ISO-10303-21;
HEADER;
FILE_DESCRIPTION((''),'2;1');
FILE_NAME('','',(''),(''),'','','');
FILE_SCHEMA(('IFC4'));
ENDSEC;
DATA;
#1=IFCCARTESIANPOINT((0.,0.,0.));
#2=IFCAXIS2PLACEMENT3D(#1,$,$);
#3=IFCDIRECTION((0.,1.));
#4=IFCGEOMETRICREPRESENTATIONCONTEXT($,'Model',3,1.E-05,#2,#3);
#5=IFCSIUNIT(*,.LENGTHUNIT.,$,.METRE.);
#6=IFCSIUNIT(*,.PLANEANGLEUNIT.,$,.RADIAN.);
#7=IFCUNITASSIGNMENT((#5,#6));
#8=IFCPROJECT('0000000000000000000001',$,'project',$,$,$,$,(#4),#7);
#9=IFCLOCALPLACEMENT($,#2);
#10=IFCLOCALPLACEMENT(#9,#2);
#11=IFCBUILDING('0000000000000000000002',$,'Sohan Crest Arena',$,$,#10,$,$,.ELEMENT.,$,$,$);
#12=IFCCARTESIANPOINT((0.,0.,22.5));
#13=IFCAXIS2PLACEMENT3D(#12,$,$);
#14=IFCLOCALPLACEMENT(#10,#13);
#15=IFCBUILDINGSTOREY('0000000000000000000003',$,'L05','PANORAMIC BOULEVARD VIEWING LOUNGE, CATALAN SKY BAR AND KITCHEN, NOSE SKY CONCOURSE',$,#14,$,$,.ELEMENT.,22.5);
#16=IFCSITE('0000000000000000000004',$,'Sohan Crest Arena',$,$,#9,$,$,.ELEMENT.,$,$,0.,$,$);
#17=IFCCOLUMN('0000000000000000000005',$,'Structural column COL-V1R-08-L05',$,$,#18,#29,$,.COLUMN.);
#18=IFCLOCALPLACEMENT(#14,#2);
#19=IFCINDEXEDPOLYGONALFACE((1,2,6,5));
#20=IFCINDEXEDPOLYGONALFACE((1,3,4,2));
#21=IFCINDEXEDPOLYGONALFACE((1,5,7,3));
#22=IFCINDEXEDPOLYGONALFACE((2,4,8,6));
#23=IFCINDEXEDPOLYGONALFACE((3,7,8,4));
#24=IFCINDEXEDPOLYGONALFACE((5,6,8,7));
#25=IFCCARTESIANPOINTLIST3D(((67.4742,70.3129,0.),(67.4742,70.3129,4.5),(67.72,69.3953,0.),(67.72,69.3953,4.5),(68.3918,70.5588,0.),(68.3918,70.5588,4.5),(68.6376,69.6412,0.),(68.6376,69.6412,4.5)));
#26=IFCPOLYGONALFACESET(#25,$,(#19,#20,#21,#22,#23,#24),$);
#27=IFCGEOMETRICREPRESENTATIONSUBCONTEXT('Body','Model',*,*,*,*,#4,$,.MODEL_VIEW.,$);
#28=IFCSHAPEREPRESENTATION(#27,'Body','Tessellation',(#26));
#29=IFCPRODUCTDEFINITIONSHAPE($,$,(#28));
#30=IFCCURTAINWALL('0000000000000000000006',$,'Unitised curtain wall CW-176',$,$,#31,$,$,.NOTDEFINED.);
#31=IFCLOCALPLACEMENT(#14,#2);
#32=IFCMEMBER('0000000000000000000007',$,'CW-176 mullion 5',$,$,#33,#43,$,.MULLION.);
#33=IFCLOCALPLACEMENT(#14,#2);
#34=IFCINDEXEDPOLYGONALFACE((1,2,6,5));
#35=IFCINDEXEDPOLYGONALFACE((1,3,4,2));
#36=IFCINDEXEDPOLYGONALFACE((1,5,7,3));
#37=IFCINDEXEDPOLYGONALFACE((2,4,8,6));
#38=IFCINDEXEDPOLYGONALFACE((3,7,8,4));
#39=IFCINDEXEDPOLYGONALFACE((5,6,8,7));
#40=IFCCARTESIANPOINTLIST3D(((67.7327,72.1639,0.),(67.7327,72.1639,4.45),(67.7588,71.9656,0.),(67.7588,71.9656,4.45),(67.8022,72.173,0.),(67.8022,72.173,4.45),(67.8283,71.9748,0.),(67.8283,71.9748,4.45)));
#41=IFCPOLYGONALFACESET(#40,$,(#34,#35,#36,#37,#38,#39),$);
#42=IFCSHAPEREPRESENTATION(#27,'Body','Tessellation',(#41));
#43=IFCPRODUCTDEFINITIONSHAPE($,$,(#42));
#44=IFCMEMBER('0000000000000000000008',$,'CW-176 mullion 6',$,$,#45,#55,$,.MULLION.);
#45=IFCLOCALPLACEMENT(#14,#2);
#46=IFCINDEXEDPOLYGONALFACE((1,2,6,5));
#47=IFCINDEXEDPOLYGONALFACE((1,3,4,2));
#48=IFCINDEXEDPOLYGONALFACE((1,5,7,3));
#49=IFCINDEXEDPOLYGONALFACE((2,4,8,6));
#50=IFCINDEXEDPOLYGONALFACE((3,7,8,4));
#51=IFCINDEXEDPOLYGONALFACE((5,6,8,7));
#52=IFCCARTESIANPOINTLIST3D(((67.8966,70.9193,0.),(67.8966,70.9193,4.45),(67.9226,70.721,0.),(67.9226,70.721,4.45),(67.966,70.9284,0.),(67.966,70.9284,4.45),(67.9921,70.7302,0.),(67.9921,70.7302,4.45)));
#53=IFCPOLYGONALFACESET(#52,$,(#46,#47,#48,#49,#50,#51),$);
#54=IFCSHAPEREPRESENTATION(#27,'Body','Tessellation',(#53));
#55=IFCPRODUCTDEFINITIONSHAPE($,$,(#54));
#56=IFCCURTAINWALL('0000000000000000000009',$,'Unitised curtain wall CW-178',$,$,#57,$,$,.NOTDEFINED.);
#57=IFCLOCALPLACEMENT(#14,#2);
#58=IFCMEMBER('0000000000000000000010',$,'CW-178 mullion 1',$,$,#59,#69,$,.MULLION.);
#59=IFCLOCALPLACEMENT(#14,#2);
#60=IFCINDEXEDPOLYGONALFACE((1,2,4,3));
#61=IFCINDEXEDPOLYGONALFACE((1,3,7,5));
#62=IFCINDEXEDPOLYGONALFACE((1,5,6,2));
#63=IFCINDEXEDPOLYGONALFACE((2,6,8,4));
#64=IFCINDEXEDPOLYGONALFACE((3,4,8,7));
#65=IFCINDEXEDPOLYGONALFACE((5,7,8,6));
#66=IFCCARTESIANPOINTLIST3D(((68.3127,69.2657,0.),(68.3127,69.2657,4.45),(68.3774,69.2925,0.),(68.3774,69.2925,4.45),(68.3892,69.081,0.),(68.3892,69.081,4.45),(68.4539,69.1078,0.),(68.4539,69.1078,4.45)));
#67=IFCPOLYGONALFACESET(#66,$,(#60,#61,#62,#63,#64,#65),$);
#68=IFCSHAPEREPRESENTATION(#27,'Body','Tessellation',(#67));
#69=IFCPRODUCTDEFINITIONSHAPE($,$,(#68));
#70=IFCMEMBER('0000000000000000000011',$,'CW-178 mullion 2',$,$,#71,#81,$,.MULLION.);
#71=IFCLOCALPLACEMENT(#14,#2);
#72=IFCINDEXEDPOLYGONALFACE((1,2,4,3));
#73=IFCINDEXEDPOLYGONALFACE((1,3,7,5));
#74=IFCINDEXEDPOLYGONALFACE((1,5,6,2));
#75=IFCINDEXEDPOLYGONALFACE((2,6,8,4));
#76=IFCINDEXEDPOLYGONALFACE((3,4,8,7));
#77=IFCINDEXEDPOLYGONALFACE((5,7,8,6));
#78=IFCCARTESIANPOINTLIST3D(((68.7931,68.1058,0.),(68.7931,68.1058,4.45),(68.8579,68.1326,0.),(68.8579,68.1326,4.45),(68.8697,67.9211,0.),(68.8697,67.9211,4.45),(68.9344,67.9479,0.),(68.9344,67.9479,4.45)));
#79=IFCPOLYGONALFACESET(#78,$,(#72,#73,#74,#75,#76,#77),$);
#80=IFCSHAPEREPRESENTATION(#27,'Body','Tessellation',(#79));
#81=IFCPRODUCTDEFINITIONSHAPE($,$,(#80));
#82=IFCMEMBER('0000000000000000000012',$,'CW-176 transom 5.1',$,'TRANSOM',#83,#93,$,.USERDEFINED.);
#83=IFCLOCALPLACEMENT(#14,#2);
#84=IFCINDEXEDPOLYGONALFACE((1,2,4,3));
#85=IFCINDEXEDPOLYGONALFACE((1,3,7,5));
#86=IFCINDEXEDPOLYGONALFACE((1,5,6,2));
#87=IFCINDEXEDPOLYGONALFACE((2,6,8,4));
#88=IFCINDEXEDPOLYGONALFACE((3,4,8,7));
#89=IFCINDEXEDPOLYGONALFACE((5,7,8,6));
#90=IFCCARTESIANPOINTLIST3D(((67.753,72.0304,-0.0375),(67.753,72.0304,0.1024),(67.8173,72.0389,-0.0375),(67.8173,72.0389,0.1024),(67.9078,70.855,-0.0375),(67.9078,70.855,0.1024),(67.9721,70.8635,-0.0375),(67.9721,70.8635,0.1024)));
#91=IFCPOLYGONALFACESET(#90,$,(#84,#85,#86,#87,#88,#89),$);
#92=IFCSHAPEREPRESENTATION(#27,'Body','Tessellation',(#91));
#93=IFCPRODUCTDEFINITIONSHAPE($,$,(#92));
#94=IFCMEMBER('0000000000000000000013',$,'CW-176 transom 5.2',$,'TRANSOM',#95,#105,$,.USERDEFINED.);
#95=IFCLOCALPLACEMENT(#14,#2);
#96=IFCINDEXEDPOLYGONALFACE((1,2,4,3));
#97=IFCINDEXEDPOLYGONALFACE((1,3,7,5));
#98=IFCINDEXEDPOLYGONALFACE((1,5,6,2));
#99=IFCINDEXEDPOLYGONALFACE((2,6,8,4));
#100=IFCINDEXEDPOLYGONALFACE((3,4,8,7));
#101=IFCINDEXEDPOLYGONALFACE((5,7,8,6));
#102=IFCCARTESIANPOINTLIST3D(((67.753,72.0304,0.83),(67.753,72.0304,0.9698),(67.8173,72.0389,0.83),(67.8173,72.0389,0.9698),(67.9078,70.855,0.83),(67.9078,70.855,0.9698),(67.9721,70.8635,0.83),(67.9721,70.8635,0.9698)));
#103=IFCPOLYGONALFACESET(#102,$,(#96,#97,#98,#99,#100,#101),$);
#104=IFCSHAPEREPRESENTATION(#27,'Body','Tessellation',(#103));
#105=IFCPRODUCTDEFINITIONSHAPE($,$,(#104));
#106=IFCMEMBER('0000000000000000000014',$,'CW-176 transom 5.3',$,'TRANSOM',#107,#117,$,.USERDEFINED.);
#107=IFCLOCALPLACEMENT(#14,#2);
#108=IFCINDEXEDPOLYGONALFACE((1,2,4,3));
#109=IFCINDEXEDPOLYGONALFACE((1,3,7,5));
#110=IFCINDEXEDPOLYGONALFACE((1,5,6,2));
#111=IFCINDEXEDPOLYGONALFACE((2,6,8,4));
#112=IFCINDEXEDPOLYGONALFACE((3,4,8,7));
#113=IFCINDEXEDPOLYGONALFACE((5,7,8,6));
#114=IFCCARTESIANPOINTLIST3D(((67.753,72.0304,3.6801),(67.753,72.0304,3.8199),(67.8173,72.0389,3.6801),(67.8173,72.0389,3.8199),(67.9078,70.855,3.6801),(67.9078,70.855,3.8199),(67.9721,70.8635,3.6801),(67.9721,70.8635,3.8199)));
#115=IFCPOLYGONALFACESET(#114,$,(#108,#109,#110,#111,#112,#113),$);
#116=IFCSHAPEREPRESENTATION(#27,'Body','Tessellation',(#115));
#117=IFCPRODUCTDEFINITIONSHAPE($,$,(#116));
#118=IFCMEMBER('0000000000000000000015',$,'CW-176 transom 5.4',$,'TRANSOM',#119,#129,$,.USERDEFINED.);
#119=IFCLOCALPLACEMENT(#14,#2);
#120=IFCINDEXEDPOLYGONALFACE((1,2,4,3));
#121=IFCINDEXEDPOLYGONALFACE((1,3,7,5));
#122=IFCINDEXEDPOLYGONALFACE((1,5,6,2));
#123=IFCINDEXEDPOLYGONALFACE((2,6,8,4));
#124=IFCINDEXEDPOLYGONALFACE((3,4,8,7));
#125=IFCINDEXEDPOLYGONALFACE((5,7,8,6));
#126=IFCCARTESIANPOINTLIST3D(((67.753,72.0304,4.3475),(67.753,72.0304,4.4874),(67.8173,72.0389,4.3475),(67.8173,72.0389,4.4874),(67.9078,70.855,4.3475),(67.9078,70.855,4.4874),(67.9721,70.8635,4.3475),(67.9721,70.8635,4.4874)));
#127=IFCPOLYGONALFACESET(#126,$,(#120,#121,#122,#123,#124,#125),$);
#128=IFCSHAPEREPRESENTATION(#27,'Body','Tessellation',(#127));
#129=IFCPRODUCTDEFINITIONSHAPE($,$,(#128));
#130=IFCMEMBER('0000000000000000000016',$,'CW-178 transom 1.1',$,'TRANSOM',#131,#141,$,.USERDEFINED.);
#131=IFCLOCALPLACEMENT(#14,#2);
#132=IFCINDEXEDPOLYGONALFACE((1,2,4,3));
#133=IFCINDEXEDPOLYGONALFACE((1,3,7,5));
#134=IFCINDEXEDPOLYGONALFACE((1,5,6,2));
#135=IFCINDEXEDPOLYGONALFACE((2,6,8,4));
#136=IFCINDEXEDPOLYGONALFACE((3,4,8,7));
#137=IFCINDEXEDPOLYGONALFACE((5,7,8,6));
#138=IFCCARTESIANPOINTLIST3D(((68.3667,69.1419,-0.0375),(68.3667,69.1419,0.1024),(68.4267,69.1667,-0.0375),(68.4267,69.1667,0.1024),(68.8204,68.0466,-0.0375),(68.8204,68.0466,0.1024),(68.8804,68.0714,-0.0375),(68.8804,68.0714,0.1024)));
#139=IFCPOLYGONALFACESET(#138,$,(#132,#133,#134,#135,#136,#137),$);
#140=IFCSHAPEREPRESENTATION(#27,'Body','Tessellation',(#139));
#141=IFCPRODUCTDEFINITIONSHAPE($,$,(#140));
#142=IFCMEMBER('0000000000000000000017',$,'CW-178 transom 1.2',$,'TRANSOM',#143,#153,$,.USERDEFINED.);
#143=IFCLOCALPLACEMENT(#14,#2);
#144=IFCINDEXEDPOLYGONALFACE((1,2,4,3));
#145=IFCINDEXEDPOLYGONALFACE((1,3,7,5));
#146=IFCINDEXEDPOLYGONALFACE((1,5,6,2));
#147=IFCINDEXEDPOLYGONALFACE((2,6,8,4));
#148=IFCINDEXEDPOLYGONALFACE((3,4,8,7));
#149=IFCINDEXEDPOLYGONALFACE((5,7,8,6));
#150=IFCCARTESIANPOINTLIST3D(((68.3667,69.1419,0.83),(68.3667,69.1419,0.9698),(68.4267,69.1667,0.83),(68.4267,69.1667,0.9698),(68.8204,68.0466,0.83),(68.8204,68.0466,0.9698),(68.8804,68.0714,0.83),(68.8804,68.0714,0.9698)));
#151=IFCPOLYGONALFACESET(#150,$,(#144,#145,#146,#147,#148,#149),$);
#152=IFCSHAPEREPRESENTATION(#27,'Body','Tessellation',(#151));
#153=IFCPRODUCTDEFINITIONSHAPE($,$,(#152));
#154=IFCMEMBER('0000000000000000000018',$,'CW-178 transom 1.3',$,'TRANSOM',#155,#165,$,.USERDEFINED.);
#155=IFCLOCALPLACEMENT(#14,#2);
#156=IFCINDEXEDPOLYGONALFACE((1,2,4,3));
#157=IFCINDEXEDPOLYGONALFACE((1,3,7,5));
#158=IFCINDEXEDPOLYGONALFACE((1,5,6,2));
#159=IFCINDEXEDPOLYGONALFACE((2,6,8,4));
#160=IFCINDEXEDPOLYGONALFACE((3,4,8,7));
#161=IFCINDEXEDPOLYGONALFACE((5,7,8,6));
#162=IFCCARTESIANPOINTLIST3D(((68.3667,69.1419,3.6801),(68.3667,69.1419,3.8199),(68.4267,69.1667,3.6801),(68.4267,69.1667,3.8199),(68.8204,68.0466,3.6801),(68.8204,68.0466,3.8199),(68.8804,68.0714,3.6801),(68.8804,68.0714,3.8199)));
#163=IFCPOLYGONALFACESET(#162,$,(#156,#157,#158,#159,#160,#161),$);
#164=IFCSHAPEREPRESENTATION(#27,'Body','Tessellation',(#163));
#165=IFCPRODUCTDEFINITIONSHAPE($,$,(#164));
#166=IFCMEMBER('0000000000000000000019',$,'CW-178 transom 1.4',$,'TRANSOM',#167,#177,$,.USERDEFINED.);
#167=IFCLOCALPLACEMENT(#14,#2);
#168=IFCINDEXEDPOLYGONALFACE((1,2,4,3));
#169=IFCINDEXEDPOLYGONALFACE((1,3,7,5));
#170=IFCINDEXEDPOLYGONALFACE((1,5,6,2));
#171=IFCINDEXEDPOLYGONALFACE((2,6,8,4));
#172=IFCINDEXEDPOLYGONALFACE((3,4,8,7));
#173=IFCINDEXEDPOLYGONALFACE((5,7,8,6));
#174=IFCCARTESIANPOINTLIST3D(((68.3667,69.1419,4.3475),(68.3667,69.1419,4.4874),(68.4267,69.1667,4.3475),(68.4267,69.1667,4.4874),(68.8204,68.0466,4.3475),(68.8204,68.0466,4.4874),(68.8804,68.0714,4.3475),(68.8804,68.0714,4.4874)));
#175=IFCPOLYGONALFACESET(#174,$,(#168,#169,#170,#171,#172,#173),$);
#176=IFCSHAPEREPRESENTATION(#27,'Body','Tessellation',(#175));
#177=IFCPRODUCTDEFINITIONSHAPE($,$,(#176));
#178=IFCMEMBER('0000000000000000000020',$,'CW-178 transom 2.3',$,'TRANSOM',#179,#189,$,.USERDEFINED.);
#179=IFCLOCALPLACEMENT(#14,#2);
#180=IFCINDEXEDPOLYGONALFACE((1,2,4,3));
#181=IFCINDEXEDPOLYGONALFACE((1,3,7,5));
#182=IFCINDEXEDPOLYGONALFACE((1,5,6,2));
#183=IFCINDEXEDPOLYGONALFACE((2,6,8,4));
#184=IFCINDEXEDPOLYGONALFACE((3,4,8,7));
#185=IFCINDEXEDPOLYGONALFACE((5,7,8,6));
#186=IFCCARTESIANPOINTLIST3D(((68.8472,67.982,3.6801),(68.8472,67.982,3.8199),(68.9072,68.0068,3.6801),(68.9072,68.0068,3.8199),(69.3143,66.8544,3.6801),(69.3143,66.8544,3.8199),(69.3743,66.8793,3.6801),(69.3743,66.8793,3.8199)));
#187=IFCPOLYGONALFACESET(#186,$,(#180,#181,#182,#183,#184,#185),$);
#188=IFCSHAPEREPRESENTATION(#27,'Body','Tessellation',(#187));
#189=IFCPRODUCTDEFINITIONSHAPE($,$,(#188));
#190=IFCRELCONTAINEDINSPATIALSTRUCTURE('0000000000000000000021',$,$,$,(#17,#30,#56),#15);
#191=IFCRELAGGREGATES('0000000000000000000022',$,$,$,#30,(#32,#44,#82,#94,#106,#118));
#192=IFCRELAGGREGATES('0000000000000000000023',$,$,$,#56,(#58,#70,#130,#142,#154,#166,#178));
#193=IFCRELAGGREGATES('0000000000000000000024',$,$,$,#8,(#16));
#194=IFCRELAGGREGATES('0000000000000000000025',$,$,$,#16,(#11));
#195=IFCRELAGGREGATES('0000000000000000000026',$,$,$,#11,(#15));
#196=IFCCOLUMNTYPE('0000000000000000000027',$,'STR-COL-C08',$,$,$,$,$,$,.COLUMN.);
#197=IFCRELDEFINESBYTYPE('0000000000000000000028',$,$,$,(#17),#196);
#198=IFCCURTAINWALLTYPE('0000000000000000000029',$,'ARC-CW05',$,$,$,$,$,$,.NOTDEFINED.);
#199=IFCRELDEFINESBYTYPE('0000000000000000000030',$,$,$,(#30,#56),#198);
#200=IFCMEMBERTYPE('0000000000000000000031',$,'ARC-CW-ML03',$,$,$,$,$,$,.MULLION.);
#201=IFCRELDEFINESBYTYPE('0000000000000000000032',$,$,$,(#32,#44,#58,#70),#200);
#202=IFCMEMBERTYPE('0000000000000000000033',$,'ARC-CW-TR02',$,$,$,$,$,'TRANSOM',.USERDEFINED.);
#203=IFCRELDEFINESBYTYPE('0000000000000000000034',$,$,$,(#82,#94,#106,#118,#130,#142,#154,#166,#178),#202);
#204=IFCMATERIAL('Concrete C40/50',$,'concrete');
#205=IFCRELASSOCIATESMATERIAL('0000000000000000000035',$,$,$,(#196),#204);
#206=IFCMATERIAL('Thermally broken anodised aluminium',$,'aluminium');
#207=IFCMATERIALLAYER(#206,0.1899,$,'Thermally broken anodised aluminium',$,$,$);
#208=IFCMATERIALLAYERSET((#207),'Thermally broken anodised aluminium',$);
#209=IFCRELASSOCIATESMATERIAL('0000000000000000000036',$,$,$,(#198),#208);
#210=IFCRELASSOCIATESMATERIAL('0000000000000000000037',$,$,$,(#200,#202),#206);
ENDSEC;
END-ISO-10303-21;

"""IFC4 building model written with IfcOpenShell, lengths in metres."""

from ifc_helpers import new_model, si_unit, direction, frame, origin, origin_2d, place, context, subcontext, project, spatial, rectangle, extrude, material, layer, layer_set, material_profile, profile_set, type_object, element, aggregate, save


model = new_model("IFC4")

# Units and contexts
model_context = context("Model", 3, precision=1e-05, world=origin(), true_north=direction((0.0, 1.0)))
body_context = subcontext(model_context, "Body", "Model", "MODEL_VIEW")
ifc_project = project(units=[si_unit("LENGTHUNIT", "METRE"), si_unit("PLANEANGLEUNIT", "RADIAN")], contexts=[model_context])

# Site, building, storey
site_placement = place(None, origin())
site = spatial("IfcSite", under=ifc_project, at=site_placement, Name="Sohan Crest Arena", CompositionType="ELEMENT", RefElevation=0.0)
building_placement = place(site_placement, origin())
building = spatial("IfcBuilding", under=site, at=building_placement, Name="Sohan Crest Arena", CompositionType="ELEMENT")
storey_placement = place(building_placement, frame((0.0, 0.0, 22.5)))
storey = spatial("IfcBuildingStorey", under=building, at=storey_placement, Name="L05", Description="PANORAMIC BOULEVARD VIEWING LOUNGE, CATALAN SKY BAR AND KITCHEN, NOSE SKY CONCOURSE", CompositionType="ELEMENT", Elevation=22.5)

# Column
ifc_material_1 = material(Name="Concrete C40/50", Category="concrete")
ifc_material_profile_1 = material_profile(ifc_material_1, rectangle(XDim=0.95, YDim=0.95, at=origin_2d()), Name="RC 950x950")
ifc_profile_set_1 = profile_set([ifc_material_profile_1], Name="Concrete C40/50")
column_type = type_object("IfcColumnType", Name="STR-COL-C08", PredefinedType="COLUMN", material=ifc_profile_set_1)
column_placement = place(storey_placement, frame((68.0559, 69.9771, 0.0), z_axis=(0.0, 0.0, 1.0), x_axis=(0.965926, 0.258819, 0.0)))
element("IfcColumn", 1, at=column_placement, inside=storey, type_object=column_type, Name="Structural column COL-V1R-08-L05", PredefinedType="COLUMN", context=body_context, shape_type="SweptSolid", body=[
    extrude(rectangle(XDim=0.95, YDim=0.95, at=origin_2d()), origin(), (0.0, 0.0, 1.0), 4.5),
])

# Curtain walls, members
ifc_material_2 = material(Name="Thermally broken anodised aluminium", Category="aluminium")
ifc_layer_1 = layer(ifc_material_2, 0.1899, Name="Thermally broken anodised aluminium")
ifc_layer_set_1 = layer_set([ifc_layer_1], Name="Thermally broken anodised aluminium")
curtain_wall_type = type_object("IfcCurtainWallType", Name="ARC-CW05", PredefinedType="NOTDEFINED", material=ifc_layer_set_1)
curtain_wall_1_placement = place(storey_placement, origin())
curtain_wall_1 = element("IfcCurtainWall", 2, at=curtain_wall_1_placement, inside=storey, type_object=curtain_wall_type, Name="Unitised curtain wall CW-176", PredefinedType="NOTDEFINED")
ifc_material_profile_2 = material_profile(ifc_material_2, rectangle(XDim=0.0701, YDim=0.2, at=origin_2d()), Name="ALU-MULL 70x200")
ifc_profile_set_2 = profile_set([ifc_material_profile_2], Name="Thermally broken anodised aluminium")
member_type_1 = type_object("IfcMemberType", Name="ARC-CW-ML03", PredefinedType="MULLION", material=ifc_profile_set_2)
member_1_placement = place(storey_placement, frame((67.7805, 72.0693, 0.0), z_axis=(0.0, 0.0, 1.0), x_axis=(0.991448, 0.130499, 0.0)))
member_1 = element("IfcMember", 3, at=member_1_placement, type_object=member_type_1, Name="CW-176 mullion 5", PredefinedType="MULLION", context=body_context, shape_type="SweptSolid", body=[
    extrude(rectangle(XDim=0.0701, YDim=0.2, at=origin_2d()), origin(), (0.0, 0.0, 1.0), 4.45),
])
member_2_placement = place(storey_placement, frame((67.9443, 70.8247, 0.0), z_axis=(0.0, 0.0, 1.0), x_axis=(0.991448, 0.130499, 0.0)))
member_2 = element("IfcMember", 4, at=member_2_placement, type_object=member_type_1, Name="CW-176 mullion 6", PredefinedType="MULLION", context=body_context, shape_type="SweptSolid", body=[
    extrude(rectangle(XDim=0.0701, YDim=0.2, at=origin_2d()), origin(), (0.0, 0.0, 1.0), 4.45),
])
curtain_wall_2_placement = place(storey_placement, origin())
curtain_wall_2 = element("IfcCurtainWall", 5, at=curtain_wall_2_placement, inside=storey, type_object=curtain_wall_type, Name="Unitised curtain wall CW-178", PredefinedType="NOTDEFINED")
member_3_placement = place(storey_placement, frame((68.3833, 69.1868, 0.0), z_axis=(0.0, 0.0, 1.0), x_axis=(0.923886, 0.382667, 0.0)))
member_3 = element("IfcMember", 6, at=member_3_placement, type_object=member_type_1, Name="CW-178 mullion 1", PredefinedType="MULLION", context=body_context, shape_type="SweptSolid", body=[
    extrude(rectangle(XDim=0.0701, YDim=0.2, at=origin_2d()), origin(), (0.0, 0.0, 1.0), 4.45),
])
member_4_placement = place(storey_placement, frame((68.8638, 68.0269, 0.0), z_axis=(0.0, 0.0, 1.0), x_axis=(0.923886, 0.382667, 0.0)))
member_4 = element("IfcMember", 7, at=member_4_placement, type_object=member_type_1, Name="CW-178 mullion 2", PredefinedType="MULLION", context=body_context, shape_type="SweptSolid", body=[
    extrude(rectangle(XDim=0.0701, YDim=0.2, at=origin_2d()), origin(), (0.0, 0.0, 1.0), 4.45),
])

# Members
ifc_material_profile_3 = material_profile(ifc_material_2, rectangle(XDim=0.0649, YDim=0.1399, at=origin_2d()), Name="ALU-TRAN 65x140")
ifc_profile_set_3 = profile_set([ifc_material_profile_3], Name="Thermally broken anodised aluminium")
member_type_2 = type_object("IfcMemberType", Name="ARC-CW-TR02", ElementType="TRANSOM", PredefinedType="USERDEFINED", material=ifc_profile_set_3)
member_5_placement = place(storey_placement, frame((67.7852, 72.0347, 0.0325), z_axis=(0.130572, -0.991439, 0.0), x_axis=(0.991439, 0.130572, 0.0)))
member_5 = element("IfcMember", 8, at=member_5_placement, type_object=member_type_2, Name="CW-176 transom 5.1", ObjectType="TRANSOM", PredefinedType="USERDEFINED", context=body_context, shape_type="SweptSolid", body=[
    extrude(rectangle(XDim=0.0649, YDim=0.1399, at=origin_2d()), origin(), (0.0, 0.0, 1.0), 1.1855),
])
member_6_placement = place(storey_placement, frame((67.7852, 72.0347, 0.8999), z_axis=(0.130572, -0.991439, 0.0), x_axis=(0.991439, 0.130572, 0.0)))
member_6 = element("IfcMember", 9, at=member_6_placement, type_object=member_type_2, Name="CW-176 transom 5.2", ObjectType="TRANSOM", PredefinedType="USERDEFINED", context=body_context, shape_type="SweptSolid", body=[
    extrude(rectangle(XDim=0.0649, YDim=0.1399, at=origin_2d()), origin(), (0.0, 0.0, 1.0), 1.1855),
])
member_7_placement = place(storey_placement, frame((67.7852, 72.0347, 3.75), z_axis=(0.130572, -0.991439, 0.0), x_axis=(0.991439, 0.130572, 0.0)))
member_7 = element("IfcMember", 10, at=member_7_placement, type_object=member_type_2, Name="CW-176 transom 5.3", ObjectType="TRANSOM", PredefinedType="USERDEFINED", context=body_context, shape_type="SweptSolid", body=[
    extrude(rectangle(XDim=0.0649, YDim=0.1399, at=origin_2d()), origin(), (0.0, 0.0, 1.0), 1.1855),
])
member_8_placement = place(storey_placement, frame((67.7852, 72.0347, 4.4175), z_axis=(0.130572, -0.991439, 0.0), x_axis=(0.991439, 0.130572, 0.0)))
member_8 = element("IfcMember", 11, at=member_8_placement, type_object=member_type_2, Name="CW-176 transom 5.4", ObjectType="TRANSOM", PredefinedType="USERDEFINED", context=body_context, shape_type="SweptSolid", body=[
    extrude(rectangle(XDim=0.0649, YDim=0.1399, at=origin_2d()), origin(), (0.0, 0.0, 1.0), 1.1855),
])
member_9_placement = place(storey_placement, frame((68.3967, 69.1543, 0.0325), z_axis=(0.382655, -0.923891, 0.0), x_axis=(0.923891, 0.382655, 0.0)))
member_9 = element("IfcMember", 12, at=member_9_placement, type_object=member_type_2, Name="CW-178 transom 1.1", ObjectType="TRANSOM", PredefinedType="USERDEFINED", context=body_context, shape_type="SweptSolid", body=[
    extrude(rectangle(XDim=0.0649, YDim=0.1399, at=origin_2d()), origin(), (0.0, 0.0, 1.0), 1.1855),
])
member_10_placement = place(storey_placement, frame((68.3967, 69.1543, 0.8999), z_axis=(0.382655, -0.923891, 0.0), x_axis=(0.923891, 0.382655, 0.0)))
member_10 = element("IfcMember", 13, at=member_10_placement, type_object=member_type_2, Name="CW-178 transom 1.2", ObjectType="TRANSOM", PredefinedType="USERDEFINED", context=body_context, shape_type="SweptSolid", body=[
    extrude(rectangle(XDim=0.0649, YDim=0.1399, at=origin_2d()), origin(), (0.0, 0.0, 1.0), 1.1855),
])
member_11_placement = place(storey_placement, frame((68.3967, 69.1543, 3.75), z_axis=(0.382655, -0.923891, 0.0), x_axis=(0.923891, 0.382655, 0.0)))
member_11 = element("IfcMember", 14, at=member_11_placement, type_object=member_type_2, Name="CW-178 transom 1.3", ObjectType="TRANSOM", PredefinedType="USERDEFINED", context=body_context, shape_type="SweptSolid", body=[
    extrude(rectangle(XDim=0.0649, YDim=0.1399, at=origin_2d()), origin(), (0.0, 0.0, 1.0), 1.1855),
])
member_12_placement = place(storey_placement, frame((68.3967, 69.1543, 4.4175), z_axis=(0.382655, -0.923891, 0.0), x_axis=(0.923891, 0.382655, 0.0)))
member_12 = element("IfcMember", 15, at=member_12_placement, type_object=member_type_2, Name="CW-178 transom 1.4", ObjectType="TRANSOM", PredefinedType="USERDEFINED", context=body_context, shape_type="SweptSolid", body=[
    extrude(rectangle(XDim=0.0649, YDim=0.1399, at=origin_2d()), origin(), (0.0, 0.0, 1.0), 1.1855),
])
member_13_placement = place(storey_placement, frame((68.8772, 67.9944, 3.75), z_axis=(0.382711, -0.923868, 0.0), x_axis=(0.923868, 0.382711, 0.0)))
member_13 = element("IfcMember", 16, at=member_13_placement, type_object=member_type_2, Name="CW-178 transom 2.3", ObjectType="TRANSOM", PredefinedType="USERDEFINED", context=body_context, shape_type="SweptSolid", body=[
    extrude(rectangle(XDim=0.0649, YDim=0.1399, at=origin_2d()), origin(), (0.0, 0.0, 1.0), 1.2205),
])

aggregate(curtain_wall_1, [member_1, member_2, member_5, member_6, member_7, member_8])
aggregate(curtain_wall_2, [member_3, member_4, member_9, member_10, member_11, member_12, member_13])

save(model, "model.ifc")
